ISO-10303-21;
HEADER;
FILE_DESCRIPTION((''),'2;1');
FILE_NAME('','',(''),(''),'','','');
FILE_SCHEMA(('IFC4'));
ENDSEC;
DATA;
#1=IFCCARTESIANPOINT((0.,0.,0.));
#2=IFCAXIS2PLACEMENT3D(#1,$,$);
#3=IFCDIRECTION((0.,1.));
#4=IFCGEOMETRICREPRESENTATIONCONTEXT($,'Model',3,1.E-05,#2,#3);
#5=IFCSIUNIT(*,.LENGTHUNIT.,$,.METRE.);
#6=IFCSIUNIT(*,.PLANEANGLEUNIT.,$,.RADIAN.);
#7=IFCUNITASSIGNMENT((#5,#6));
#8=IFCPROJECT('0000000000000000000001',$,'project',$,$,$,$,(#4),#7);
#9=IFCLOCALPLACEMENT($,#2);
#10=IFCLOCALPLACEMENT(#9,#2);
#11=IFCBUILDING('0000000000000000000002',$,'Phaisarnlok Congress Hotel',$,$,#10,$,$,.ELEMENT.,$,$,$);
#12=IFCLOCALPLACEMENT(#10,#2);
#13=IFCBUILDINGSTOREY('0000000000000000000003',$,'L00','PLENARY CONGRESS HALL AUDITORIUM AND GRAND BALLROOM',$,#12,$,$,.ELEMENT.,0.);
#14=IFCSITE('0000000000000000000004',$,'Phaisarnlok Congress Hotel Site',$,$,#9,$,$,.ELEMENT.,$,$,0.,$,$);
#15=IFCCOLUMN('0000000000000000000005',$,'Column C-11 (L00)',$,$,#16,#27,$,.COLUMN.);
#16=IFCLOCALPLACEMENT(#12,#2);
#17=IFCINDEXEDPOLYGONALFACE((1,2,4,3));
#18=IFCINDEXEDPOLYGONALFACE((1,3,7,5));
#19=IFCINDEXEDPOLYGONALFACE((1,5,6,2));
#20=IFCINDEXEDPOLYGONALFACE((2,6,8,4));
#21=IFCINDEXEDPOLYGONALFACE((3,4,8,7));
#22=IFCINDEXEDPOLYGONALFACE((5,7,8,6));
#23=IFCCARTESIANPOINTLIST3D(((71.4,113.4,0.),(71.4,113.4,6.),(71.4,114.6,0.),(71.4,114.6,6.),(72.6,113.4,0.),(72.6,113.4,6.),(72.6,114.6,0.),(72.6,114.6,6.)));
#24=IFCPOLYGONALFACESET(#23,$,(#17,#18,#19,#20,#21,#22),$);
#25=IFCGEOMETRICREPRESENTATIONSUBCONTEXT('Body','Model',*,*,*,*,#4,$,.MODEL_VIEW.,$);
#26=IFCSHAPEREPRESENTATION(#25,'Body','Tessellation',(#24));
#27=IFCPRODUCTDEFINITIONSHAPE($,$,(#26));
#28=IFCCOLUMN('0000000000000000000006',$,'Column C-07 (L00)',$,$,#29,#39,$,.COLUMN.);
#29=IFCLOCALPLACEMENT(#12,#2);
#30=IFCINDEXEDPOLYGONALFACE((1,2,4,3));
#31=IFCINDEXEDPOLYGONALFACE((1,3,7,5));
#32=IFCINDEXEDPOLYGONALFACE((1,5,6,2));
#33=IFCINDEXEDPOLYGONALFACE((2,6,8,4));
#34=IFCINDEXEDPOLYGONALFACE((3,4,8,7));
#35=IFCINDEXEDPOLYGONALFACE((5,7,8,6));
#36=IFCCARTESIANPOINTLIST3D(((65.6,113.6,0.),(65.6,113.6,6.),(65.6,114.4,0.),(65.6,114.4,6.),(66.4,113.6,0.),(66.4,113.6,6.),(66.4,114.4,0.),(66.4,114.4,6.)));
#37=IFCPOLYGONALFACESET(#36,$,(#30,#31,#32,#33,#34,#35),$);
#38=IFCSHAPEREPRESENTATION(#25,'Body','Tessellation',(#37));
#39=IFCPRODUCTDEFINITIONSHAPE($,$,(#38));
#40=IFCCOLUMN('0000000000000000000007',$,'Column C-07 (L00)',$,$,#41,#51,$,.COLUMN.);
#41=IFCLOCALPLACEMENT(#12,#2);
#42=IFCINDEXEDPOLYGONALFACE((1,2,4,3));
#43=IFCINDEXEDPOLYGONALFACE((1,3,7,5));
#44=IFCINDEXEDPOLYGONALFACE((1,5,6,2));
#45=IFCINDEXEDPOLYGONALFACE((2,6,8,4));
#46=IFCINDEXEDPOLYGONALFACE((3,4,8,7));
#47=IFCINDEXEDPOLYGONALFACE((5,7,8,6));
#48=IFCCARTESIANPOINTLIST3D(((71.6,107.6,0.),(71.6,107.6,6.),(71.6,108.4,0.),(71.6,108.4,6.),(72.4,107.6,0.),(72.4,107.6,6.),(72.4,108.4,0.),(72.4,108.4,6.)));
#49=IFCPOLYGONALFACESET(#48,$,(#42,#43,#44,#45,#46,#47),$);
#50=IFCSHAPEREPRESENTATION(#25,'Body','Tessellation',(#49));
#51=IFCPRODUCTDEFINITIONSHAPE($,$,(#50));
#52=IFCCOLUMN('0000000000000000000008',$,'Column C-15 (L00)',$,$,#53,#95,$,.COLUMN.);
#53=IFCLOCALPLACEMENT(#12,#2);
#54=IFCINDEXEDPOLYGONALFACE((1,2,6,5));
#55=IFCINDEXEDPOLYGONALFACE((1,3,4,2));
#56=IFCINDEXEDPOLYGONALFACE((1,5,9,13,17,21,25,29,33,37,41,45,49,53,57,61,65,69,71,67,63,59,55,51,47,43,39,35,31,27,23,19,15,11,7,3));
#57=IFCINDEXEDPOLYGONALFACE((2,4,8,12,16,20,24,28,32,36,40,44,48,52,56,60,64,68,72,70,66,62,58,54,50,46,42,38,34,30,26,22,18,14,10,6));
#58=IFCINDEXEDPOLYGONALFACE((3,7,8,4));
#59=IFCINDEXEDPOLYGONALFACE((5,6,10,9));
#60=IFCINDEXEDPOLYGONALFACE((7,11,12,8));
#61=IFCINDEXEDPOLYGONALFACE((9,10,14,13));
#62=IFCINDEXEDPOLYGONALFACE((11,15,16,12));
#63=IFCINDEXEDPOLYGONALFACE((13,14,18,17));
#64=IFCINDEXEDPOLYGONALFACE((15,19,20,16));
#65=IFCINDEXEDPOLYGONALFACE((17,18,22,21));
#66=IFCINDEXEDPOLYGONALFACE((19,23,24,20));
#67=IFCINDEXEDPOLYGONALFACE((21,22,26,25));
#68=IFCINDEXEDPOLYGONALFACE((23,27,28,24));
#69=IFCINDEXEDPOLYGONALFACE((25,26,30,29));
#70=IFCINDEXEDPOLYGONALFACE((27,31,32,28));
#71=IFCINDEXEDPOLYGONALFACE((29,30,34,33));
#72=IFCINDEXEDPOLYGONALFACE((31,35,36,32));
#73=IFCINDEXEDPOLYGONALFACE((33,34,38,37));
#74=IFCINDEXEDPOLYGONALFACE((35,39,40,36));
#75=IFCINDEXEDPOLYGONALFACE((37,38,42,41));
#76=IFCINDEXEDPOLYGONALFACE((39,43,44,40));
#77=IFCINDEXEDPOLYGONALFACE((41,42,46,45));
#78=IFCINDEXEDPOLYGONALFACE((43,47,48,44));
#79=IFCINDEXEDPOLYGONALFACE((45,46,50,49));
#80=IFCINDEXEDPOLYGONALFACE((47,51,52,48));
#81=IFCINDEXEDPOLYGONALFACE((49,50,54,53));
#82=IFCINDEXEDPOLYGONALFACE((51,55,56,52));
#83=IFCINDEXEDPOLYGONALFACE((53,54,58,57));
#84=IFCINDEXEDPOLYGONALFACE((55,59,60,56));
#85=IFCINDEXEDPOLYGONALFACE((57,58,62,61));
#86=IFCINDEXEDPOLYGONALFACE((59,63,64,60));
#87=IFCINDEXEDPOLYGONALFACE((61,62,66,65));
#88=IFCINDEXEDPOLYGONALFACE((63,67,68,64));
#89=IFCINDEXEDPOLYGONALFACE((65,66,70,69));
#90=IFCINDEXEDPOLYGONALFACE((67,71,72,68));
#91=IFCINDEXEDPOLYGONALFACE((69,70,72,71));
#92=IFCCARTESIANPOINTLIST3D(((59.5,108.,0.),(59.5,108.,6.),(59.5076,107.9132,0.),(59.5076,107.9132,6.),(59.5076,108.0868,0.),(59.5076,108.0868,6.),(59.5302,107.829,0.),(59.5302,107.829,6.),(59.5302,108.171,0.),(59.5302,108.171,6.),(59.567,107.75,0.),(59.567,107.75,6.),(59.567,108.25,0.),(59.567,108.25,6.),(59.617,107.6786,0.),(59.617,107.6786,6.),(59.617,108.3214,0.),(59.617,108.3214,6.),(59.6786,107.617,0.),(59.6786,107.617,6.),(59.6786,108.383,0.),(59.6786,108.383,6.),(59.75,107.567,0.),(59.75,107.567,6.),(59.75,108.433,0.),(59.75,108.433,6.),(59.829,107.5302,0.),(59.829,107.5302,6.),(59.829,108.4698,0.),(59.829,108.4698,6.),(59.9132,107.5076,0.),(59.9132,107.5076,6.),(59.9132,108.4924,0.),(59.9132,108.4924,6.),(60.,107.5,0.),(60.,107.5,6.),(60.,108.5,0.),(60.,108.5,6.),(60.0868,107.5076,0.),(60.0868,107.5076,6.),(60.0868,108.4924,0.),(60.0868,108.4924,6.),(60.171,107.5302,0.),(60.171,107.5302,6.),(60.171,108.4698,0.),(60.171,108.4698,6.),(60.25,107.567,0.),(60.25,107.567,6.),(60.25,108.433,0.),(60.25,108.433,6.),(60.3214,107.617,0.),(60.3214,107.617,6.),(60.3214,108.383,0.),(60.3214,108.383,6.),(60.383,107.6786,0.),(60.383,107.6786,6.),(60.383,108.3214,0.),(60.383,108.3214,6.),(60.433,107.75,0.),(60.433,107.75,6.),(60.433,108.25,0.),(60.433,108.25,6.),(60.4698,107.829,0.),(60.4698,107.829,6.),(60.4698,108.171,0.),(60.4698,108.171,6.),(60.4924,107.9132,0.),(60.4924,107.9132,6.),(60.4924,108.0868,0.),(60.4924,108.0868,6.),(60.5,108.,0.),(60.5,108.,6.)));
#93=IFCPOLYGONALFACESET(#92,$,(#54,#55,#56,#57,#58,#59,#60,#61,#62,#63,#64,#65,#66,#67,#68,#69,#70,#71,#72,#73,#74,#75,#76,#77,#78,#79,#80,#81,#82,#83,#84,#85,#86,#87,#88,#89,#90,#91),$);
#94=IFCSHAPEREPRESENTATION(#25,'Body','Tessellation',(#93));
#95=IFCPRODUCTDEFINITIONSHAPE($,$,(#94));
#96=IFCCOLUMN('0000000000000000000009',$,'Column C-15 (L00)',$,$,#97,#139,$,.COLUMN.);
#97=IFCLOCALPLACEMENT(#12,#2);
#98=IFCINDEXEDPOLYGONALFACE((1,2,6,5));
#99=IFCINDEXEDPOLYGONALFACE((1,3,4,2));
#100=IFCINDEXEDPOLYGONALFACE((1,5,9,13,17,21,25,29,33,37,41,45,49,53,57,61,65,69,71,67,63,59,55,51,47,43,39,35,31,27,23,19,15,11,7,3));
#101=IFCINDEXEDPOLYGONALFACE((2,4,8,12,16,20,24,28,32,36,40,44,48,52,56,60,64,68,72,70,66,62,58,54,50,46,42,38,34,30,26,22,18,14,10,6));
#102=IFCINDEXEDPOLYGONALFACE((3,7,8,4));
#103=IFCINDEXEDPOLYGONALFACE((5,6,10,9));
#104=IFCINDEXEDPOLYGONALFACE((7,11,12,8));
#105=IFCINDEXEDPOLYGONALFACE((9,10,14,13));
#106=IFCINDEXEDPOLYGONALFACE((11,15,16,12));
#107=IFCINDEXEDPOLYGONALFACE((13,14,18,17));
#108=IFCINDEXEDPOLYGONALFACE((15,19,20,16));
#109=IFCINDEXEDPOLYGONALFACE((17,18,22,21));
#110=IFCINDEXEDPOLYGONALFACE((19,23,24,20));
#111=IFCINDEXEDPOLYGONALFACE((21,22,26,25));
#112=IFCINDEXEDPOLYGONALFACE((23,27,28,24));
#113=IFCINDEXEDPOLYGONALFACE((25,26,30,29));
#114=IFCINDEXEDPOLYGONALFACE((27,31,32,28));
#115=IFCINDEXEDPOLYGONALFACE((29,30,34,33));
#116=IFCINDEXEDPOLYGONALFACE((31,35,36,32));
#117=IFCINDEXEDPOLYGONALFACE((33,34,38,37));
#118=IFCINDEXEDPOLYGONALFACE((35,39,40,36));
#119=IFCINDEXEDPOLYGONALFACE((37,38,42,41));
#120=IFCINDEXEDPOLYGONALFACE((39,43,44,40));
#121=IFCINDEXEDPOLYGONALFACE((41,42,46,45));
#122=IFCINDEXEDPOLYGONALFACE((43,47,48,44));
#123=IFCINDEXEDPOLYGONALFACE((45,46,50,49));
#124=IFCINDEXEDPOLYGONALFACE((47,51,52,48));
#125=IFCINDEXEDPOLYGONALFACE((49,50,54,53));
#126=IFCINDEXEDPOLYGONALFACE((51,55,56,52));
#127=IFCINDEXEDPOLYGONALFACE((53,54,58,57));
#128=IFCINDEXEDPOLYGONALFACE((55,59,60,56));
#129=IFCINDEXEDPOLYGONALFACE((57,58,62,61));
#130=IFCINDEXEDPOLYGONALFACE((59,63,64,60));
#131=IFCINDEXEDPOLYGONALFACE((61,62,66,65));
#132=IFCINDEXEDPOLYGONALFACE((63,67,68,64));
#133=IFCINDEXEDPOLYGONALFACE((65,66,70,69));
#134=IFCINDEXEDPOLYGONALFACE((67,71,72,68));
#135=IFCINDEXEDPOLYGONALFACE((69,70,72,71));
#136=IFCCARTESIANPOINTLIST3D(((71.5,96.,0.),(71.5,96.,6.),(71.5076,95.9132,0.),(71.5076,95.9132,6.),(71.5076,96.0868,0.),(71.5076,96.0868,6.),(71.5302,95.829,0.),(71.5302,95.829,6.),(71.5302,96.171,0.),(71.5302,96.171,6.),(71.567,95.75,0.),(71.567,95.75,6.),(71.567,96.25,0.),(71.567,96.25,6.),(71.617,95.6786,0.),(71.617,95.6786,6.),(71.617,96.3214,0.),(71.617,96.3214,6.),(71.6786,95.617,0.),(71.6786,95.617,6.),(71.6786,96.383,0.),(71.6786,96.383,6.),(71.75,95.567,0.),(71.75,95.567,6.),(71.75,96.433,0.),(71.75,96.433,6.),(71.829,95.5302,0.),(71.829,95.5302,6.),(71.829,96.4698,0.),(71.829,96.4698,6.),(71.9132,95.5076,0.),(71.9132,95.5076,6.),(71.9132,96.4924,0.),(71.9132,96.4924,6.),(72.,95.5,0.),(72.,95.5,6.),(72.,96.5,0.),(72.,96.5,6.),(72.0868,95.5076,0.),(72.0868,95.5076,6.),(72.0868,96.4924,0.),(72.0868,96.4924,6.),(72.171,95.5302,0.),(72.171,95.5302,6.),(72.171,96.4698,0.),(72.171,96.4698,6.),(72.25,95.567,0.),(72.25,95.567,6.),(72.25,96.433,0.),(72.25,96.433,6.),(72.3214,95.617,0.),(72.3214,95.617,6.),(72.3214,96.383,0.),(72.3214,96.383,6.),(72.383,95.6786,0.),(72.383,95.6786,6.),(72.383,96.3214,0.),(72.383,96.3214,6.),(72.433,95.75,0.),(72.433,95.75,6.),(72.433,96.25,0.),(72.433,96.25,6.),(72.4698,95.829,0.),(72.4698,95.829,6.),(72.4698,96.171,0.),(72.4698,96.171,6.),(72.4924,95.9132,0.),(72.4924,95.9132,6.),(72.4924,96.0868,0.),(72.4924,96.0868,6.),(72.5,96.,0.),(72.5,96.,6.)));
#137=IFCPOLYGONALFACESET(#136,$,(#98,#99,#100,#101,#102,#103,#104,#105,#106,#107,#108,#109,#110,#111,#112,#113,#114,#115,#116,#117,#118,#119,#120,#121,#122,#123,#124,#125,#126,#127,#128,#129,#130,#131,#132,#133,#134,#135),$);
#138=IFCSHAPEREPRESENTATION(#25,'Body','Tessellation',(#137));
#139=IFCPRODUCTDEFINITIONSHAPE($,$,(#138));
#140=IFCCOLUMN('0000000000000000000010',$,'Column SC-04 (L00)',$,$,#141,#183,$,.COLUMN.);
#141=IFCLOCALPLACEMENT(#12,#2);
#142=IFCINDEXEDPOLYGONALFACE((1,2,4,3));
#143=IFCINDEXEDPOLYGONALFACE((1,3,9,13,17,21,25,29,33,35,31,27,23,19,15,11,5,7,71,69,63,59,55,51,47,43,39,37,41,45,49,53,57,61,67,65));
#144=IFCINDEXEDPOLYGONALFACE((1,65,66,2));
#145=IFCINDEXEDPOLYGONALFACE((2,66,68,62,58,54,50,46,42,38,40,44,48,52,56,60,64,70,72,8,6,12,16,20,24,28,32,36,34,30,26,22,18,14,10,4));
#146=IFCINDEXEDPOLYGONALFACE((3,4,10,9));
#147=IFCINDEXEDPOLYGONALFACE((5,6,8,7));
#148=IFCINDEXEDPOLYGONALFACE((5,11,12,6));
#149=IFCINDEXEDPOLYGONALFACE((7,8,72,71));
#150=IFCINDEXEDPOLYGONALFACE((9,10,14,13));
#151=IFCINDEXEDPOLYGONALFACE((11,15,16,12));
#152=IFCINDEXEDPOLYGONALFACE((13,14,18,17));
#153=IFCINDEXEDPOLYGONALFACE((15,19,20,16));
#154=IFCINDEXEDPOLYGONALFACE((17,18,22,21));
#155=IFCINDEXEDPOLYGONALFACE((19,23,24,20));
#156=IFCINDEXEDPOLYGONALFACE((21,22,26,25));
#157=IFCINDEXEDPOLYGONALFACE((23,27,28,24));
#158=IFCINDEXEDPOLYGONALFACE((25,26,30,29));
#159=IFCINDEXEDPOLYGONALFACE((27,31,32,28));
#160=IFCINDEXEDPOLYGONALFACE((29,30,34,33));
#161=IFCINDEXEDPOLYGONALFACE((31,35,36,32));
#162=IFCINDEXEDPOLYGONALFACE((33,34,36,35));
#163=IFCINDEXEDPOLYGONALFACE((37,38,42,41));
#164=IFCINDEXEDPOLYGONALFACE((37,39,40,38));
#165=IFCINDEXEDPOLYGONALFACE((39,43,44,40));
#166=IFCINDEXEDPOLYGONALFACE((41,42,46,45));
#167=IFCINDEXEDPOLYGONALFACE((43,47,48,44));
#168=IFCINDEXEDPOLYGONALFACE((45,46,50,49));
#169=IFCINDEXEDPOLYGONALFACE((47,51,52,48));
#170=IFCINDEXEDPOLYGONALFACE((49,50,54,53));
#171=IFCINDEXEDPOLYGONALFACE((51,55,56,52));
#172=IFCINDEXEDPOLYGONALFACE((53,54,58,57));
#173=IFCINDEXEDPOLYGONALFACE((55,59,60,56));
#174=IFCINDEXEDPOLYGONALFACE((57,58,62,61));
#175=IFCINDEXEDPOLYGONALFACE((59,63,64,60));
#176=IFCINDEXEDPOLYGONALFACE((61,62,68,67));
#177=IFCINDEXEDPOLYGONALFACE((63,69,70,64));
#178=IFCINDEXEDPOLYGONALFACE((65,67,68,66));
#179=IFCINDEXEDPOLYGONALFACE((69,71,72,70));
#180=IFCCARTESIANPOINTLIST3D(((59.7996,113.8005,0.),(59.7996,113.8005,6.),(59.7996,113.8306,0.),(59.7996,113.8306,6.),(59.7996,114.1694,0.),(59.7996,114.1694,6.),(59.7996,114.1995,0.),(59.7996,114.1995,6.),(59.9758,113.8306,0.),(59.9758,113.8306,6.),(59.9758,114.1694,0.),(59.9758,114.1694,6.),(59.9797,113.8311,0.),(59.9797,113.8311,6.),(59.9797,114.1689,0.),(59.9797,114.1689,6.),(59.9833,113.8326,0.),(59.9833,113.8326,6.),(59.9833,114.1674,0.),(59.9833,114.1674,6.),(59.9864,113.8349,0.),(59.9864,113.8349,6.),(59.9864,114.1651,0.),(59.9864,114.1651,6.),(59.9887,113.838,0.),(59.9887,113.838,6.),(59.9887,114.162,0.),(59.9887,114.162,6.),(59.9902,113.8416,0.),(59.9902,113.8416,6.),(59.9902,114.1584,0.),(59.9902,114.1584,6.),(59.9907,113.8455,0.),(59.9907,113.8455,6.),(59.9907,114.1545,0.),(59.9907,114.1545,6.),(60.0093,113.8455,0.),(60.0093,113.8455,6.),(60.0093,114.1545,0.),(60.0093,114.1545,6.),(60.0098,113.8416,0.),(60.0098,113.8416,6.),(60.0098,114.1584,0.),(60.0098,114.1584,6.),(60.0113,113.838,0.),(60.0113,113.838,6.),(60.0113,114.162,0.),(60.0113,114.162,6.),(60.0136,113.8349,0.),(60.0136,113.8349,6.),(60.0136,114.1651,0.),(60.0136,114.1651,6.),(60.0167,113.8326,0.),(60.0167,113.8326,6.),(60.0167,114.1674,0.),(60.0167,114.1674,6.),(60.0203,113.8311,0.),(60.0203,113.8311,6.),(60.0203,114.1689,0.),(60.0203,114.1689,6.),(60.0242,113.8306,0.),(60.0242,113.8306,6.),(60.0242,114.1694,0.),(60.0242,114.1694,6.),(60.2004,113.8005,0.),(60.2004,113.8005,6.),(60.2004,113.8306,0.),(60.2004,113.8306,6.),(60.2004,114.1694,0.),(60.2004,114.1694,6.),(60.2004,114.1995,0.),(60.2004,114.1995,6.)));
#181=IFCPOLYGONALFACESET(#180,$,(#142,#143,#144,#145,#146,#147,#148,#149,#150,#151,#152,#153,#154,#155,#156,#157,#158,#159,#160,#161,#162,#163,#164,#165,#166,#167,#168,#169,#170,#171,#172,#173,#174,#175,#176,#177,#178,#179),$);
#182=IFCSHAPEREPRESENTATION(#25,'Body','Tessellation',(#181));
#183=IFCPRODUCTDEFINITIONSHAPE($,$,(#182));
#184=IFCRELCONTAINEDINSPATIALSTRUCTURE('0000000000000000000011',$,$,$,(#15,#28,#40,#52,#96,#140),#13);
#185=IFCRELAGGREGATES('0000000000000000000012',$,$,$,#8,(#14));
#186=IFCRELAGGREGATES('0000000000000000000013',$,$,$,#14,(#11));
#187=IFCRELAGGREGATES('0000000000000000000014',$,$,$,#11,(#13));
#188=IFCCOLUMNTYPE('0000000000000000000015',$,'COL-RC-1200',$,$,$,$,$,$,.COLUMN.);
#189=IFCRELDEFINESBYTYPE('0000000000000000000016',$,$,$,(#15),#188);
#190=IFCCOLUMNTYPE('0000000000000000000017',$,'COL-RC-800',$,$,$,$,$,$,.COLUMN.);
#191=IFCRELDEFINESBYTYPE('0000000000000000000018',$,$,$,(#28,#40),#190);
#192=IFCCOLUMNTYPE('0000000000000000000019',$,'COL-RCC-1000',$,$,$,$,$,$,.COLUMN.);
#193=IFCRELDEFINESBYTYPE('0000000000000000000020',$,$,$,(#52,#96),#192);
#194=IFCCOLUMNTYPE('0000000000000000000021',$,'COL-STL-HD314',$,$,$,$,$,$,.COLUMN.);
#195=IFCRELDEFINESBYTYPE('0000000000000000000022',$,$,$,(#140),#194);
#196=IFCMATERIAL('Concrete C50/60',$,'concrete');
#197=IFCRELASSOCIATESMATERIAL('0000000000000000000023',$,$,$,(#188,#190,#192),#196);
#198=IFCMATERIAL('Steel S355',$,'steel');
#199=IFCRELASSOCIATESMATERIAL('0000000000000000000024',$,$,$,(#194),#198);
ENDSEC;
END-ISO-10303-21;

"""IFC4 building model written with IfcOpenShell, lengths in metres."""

from ifc_helpers import new_model, si_unit, direction, frame, origin, origin_2d, place, context, subcontext, project, spatial, rectangle, circle, i_section, extrude, material, material_profile, profile_set, type_object, element, save


model = new_model("IFC4")

# Units and contexts
model_context = context("Model", 3, precision=1e-05, world=origin(), true_north=direction((0.0, 1.0)))
body_context = subcontext(model_context, "Body", "Model", "MODEL_VIEW")
ifc_project = project(units=[si_unit("LENGTHUNIT", "METRE"), si_unit("PLANEANGLEUNIT", "RADIAN")], contexts=[model_context])

# Site, building, storey
site_placement = place(None, origin())
site = spatial("IfcSite", under=ifc_project, at=site_placement, Name="Phaisarnlok Congress Hotel Site", CompositionType="ELEMENT", RefElevation=0.0)
building_placement = place(site_placement, origin())
building = spatial("IfcBuilding", under=site, at=building_placement, Name="Phaisarnlok Congress Hotel", CompositionType="ELEMENT")
storey_placement = place(building_placement, origin())
storey = spatial("IfcBuildingStorey", under=building, at=storey_placement, Name="L00", Description="PLENARY CONGRESS HALL AUDITORIUM AND GRAND BALLROOM", CompositionType="ELEMENT", Elevation=0.0)

# Columns
ifc_material_1 = material(Name="Concrete C50/60", Category="concrete")
ifc_material_profile_1 = material_profile(ifc_material_1, rectangle(XDim=1.2, YDim=1.2, at=origin_2d()), Name="RC 1200x1200")
ifc_profile_set_1 = profile_set([ifc_material_profile_1], Name="Concrete C50/60")
column_type_1 = type_object("IfcColumnType", Name="COL-RC-1200", PredefinedType="COLUMN", material=ifc_profile_set_1)
column_placement = place(storey_placement, frame((72.0, 114.0, 0.0), z_axis=(0.0, 0.0, 1.0), x_axis=(1.0, 0.0, 0.0)))
element("IfcColumn", 1, at=column_placement, inside=storey, type_object=column_type_1, Name="Column C-11 (L00)", PredefinedType="COLUMN", context=body_context, shape_type="SweptSolid", body=[
    extrude(rectangle(XDim=1.2, YDim=1.2, at=origin_2d()), origin(), (0.0, 0.0, 1.0), 6.0),
])
ifc_material_profile_2 = material_profile(ifc_material_1, rectangle(XDim=0.8, YDim=0.8, at=origin_2d()), Name="RC 800x800")
ifc_profile_set_2 = profile_set([ifc_material_profile_2], Name="Concrete C50/60")
column_type_2 = type_object("IfcColumnType", Name="COL-RC-800", PredefinedType="COLUMN", material=ifc_profile_set_2)
for number, where, z_axis, x_axis, name in (
    (2, (66.0, 114.0, 0.0), (0.0, 0.0, 1.0), (1.0, 0.0, 0.0), "Column C-07 (L00)"),
    (3, (72.0, 108.0, 0.0), (0.0, 0.0, 1.0), (1.0, 0.0, 0.0), "Column C-07 (L00)"),
):
    element("IfcColumn", number, at=place(storey_placement, frame(where, z_axis=z_axis, x_axis=x_axis)), inside=storey, type_object=column_type_2, Name=name, PredefinedType="COLUMN", context=body_context, shape_type="SweptSolid", body=[
        extrude(rectangle(XDim=0.8, YDim=0.8, at=origin_2d()), origin(), (0.0, 0.0, 1.0), 6.0),
    ])
ifc_material_profile_3 = material_profile(ifc_material_1, circle(Radius=0.5, at=origin_2d()), Name="RCC D1000")
ifc_profile_set_3 = profile_set([ifc_material_profile_3], Name="Concrete C50/60")
column_type_3 = type_object("IfcColumnType", Name="COL-RCC-1000", PredefinedType="COLUMN", material=ifc_profile_set_3)
for number, where, z_axis, x_axis, name in (
    (4, (60.0, 108.0, 0.0), (0.0, 0.0, 1.0), (1.0, 0.0, 0.0), "Column C-15 (L00)"),
    (5, (72.0, 96.0, 0.0), (0.0, 0.0, 1.0), (1.0, 0.0, 0.0), "Column C-15 (L00)"),
):
    element("IfcColumn", number, at=place(storey_placement, frame(where, z_axis=z_axis, x_axis=x_axis)), inside=storey, type_object=column_type_3, Name=name, PredefinedType="COLUMN", context=body_context, shape_type="SweptSolid", body=[
        extrude(circle(Radius=0.5, at=origin_2d()), origin(), (0.0, 0.0, 1.0), 6.0),
    ])
ifc_material_2 = material(Name="Steel S355", Category="steel")
ifc_material_profile_4 = material_profile(ifc_material_2, i_section(OverallWidth=0.4009, OverallDepth=0.3989, WebThickness=0.0186, FlangeThickness=0.03, FilletRadius=0.0149, at=origin_2d()), Name="HD 400x314")
ifc_profile_set_4 = profile_set([ifc_material_profile_4], Name="Steel S355")
column_type_4 = type_object("IfcColumnType", Name="COL-STL-HD314", PredefinedType="COLUMN", material=ifc_profile_set_4)
for number, where, z_axis, x_axis, name in (
    (6, (60.0, 114.0, 0.0), (0.0, 0.0, 1.0), (1.0, 0.0, 0.0), "Column SC-04 (L00)"),
):
    element("IfcColumn", number, at=place(storey_placement, frame(where, z_axis=z_axis, x_axis=x_axis)), inside=storey, type_object=column_type_4, Name=name, PredefinedType="COLUMN", context=body_context, shape_type="SweptSolid", body=[
        extrude(i_section(OverallWidth=0.4009, OverallDepth=0.3989, WebThickness=0.0186, FlangeThickness=0.03, FilletRadius=0.0149, at=origin_2d()), origin(), (0.0, 0.0, 1.0), 6.0),
    ])

save(model, "model.ifc")
